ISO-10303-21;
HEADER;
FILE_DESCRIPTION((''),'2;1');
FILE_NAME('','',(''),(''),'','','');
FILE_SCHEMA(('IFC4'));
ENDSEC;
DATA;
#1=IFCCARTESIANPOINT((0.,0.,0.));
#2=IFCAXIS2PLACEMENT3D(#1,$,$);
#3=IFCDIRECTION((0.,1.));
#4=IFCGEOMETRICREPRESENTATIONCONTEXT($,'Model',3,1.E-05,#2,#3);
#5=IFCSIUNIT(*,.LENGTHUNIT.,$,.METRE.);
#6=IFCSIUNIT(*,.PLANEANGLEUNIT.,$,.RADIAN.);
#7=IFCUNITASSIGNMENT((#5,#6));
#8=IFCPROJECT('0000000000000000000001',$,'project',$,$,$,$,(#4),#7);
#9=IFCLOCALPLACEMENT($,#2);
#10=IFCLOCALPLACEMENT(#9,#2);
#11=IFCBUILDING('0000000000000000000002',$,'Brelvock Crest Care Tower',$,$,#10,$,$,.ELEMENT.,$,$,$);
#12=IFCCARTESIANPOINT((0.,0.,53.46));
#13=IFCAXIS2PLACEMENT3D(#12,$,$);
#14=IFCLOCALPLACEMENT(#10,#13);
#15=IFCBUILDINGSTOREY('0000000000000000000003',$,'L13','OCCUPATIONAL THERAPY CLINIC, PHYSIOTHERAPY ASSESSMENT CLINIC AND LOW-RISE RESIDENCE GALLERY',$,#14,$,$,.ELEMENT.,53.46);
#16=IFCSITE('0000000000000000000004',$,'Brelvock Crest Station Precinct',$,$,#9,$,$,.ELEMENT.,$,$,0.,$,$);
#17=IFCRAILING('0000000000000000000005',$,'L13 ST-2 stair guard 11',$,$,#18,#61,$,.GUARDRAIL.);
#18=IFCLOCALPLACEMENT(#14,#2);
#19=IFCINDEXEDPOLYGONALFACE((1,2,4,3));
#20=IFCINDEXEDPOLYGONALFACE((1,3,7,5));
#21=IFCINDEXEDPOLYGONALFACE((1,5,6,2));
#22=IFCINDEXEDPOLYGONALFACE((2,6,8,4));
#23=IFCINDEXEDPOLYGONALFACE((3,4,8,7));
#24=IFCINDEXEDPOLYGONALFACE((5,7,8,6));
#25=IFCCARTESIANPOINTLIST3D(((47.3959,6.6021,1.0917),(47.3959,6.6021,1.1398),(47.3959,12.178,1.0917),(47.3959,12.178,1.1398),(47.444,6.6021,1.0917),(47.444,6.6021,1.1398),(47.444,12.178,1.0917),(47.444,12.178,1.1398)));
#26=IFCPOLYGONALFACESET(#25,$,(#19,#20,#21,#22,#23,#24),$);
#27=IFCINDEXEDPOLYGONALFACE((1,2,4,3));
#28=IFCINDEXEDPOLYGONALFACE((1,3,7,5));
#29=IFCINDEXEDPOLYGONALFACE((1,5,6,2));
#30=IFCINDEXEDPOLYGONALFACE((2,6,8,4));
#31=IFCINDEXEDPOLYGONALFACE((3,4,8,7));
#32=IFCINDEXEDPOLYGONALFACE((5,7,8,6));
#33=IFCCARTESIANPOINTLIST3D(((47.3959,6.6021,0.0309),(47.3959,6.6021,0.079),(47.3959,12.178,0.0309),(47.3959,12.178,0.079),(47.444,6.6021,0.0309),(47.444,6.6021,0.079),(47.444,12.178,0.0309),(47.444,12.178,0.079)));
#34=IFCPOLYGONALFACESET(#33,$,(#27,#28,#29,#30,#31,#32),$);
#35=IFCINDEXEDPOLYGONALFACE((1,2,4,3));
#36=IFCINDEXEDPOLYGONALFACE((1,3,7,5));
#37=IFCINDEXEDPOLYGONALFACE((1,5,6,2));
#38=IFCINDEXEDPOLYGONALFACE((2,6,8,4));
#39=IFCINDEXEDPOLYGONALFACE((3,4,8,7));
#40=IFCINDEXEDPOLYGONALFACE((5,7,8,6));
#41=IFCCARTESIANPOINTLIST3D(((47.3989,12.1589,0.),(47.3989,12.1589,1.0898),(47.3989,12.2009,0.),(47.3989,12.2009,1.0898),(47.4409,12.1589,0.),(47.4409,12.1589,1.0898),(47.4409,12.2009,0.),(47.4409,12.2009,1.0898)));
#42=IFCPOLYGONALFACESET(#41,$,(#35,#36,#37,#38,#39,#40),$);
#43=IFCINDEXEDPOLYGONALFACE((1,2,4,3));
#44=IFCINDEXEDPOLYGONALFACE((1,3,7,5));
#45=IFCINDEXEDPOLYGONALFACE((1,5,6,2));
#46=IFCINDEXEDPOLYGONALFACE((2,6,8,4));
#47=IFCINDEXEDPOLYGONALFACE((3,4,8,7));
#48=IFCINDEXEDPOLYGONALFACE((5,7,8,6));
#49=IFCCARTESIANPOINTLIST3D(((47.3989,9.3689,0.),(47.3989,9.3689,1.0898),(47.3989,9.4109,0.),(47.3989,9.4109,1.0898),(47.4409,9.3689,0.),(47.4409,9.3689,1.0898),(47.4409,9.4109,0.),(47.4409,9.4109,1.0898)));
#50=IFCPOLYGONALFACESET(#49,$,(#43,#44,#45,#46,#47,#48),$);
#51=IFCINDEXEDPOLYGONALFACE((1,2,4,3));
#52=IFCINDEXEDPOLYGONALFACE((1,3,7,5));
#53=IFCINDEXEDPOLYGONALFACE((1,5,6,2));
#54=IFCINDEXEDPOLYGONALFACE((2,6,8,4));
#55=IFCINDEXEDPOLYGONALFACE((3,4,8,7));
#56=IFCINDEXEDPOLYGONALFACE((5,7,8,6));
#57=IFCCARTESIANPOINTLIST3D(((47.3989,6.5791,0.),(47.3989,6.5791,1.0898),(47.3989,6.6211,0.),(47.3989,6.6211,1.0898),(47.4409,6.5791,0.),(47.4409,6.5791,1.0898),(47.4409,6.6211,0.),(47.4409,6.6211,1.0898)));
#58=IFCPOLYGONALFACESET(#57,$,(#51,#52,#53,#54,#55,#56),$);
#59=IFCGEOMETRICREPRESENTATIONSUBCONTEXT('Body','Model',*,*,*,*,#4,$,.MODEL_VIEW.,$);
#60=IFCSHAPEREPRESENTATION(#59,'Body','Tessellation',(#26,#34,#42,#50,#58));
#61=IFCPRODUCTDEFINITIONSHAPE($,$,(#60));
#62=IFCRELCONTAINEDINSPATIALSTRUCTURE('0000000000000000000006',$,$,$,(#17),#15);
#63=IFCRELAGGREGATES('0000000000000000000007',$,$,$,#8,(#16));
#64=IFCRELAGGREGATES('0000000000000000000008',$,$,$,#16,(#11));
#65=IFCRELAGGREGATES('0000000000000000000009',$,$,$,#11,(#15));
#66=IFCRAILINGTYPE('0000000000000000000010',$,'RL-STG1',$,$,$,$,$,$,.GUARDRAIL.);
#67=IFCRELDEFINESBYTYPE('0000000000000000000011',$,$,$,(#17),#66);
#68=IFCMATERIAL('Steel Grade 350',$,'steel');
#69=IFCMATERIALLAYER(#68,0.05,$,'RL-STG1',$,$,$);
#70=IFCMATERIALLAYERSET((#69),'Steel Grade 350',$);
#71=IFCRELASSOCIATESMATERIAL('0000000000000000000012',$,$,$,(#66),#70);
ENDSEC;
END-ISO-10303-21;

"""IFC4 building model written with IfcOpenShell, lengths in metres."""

from ifc_helpers import new_model, si_unit, direction, frame, origin, origin_2d, place, context, subcontext, project, spatial, rectangle, extrude, material, layer, layer_set, type_object, element, save


model = new_model("IFC4")

# Units and contexts
model_context = context("Model", 3, precision=1e-05, world=origin(), true_north=direction((0.0, 1.0)))
body_context = subcontext(model_context, "Body", "Model", "MODEL_VIEW")
ifc_project = project(units=[si_unit("LENGTHUNIT", "METRE"), si_unit("PLANEANGLEUNIT", "RADIAN")], contexts=[model_context])

# Site, building, storey
site_placement = place(None, origin())
site = spatial("IfcSite", under=ifc_project, at=site_placement, Name="Brelvock Crest Station Precinct", CompositionType="ELEMENT", RefElevation=0.0)
building_placement = place(site_placement, origin())
building = spatial("IfcBuilding", under=site, at=building_placement, Name="Brelvock Crest Care Tower", CompositionType="ELEMENT")
storey_placement = place(building_placement, frame((0.0, 0.0, 53.46)))
storey = spatial("IfcBuildingStorey", under=building, at=storey_placement, Name="L13", Description="OCCUPATIONAL THERAPY CLINIC, PHYSIOTHERAPY ASSESSMENT CLINIC AND LOW-RISE RESIDENCE GALLERY", CompositionType="ELEMENT", Elevation=53.46)

# Shared definitions
ifc_material_1 = material(Name="Steel Grade 350", Category="steel")

# Railing
ifc_layer_1 = layer(ifc_material_1, 0.05, Name="RL-STG1")
ifc_layer_set_1 = layer_set([ifc_layer_1], Name="Steel Grade 350")
railing_type = type_object("IfcRailingType", Name="RL-STG1", PredefinedType="GUARDRAIL", material=ifc_layer_set_1)
railing_placement = place(storey_placement, frame((47.4199, 12.1799, 0.0)))
element("IfcRailing", 1, at=railing_placement, inside=storey, type_object=railing_type, Name="L13 ST-2 stair guard 11", PredefinedType="GUARDRAIL", context=body_context, shape_type="SweptSolid", body=[
    extrude(rectangle(XDim=0.0481, YDim=0.0481, at=origin_2d()), frame((0.0, -0.002, 1.1157), z_axis=(0.0, -1.0, 0.0), x_axis=(1.0, 0.0, 0.0)), (0.0, 0.0, 1.0), 5.5759),
    extrude(rectangle(XDim=0.0481, YDim=0.0481, at=origin_2d()), frame((0.0, -0.002, 0.0549), z_axis=(0.0, -1.0, 0.0), x_axis=(1.0, 0.0, 0.0)), (0.0, 0.0, 1.0), 5.5759),
    extrude(rectangle(XDim=0.042, YDim=0.042, at=origin_2d()), origin(), (0.0, 0.0, 1.0), 1.0898),
    extrude(rectangle(XDim=0.042, YDim=0.042, at=origin_2d()), frame((0.0, -2.79, 0.0)), (0.0, 0.0, 1.0), 1.0898),
    extrude(rectangle(XDim=0.042, YDim=0.042, at=origin_2d()), frame((0.0, -5.5798, 0.0)), (0.0, 0.0, 1.0), 1.0898),
])

save(model, "model.ifc")
